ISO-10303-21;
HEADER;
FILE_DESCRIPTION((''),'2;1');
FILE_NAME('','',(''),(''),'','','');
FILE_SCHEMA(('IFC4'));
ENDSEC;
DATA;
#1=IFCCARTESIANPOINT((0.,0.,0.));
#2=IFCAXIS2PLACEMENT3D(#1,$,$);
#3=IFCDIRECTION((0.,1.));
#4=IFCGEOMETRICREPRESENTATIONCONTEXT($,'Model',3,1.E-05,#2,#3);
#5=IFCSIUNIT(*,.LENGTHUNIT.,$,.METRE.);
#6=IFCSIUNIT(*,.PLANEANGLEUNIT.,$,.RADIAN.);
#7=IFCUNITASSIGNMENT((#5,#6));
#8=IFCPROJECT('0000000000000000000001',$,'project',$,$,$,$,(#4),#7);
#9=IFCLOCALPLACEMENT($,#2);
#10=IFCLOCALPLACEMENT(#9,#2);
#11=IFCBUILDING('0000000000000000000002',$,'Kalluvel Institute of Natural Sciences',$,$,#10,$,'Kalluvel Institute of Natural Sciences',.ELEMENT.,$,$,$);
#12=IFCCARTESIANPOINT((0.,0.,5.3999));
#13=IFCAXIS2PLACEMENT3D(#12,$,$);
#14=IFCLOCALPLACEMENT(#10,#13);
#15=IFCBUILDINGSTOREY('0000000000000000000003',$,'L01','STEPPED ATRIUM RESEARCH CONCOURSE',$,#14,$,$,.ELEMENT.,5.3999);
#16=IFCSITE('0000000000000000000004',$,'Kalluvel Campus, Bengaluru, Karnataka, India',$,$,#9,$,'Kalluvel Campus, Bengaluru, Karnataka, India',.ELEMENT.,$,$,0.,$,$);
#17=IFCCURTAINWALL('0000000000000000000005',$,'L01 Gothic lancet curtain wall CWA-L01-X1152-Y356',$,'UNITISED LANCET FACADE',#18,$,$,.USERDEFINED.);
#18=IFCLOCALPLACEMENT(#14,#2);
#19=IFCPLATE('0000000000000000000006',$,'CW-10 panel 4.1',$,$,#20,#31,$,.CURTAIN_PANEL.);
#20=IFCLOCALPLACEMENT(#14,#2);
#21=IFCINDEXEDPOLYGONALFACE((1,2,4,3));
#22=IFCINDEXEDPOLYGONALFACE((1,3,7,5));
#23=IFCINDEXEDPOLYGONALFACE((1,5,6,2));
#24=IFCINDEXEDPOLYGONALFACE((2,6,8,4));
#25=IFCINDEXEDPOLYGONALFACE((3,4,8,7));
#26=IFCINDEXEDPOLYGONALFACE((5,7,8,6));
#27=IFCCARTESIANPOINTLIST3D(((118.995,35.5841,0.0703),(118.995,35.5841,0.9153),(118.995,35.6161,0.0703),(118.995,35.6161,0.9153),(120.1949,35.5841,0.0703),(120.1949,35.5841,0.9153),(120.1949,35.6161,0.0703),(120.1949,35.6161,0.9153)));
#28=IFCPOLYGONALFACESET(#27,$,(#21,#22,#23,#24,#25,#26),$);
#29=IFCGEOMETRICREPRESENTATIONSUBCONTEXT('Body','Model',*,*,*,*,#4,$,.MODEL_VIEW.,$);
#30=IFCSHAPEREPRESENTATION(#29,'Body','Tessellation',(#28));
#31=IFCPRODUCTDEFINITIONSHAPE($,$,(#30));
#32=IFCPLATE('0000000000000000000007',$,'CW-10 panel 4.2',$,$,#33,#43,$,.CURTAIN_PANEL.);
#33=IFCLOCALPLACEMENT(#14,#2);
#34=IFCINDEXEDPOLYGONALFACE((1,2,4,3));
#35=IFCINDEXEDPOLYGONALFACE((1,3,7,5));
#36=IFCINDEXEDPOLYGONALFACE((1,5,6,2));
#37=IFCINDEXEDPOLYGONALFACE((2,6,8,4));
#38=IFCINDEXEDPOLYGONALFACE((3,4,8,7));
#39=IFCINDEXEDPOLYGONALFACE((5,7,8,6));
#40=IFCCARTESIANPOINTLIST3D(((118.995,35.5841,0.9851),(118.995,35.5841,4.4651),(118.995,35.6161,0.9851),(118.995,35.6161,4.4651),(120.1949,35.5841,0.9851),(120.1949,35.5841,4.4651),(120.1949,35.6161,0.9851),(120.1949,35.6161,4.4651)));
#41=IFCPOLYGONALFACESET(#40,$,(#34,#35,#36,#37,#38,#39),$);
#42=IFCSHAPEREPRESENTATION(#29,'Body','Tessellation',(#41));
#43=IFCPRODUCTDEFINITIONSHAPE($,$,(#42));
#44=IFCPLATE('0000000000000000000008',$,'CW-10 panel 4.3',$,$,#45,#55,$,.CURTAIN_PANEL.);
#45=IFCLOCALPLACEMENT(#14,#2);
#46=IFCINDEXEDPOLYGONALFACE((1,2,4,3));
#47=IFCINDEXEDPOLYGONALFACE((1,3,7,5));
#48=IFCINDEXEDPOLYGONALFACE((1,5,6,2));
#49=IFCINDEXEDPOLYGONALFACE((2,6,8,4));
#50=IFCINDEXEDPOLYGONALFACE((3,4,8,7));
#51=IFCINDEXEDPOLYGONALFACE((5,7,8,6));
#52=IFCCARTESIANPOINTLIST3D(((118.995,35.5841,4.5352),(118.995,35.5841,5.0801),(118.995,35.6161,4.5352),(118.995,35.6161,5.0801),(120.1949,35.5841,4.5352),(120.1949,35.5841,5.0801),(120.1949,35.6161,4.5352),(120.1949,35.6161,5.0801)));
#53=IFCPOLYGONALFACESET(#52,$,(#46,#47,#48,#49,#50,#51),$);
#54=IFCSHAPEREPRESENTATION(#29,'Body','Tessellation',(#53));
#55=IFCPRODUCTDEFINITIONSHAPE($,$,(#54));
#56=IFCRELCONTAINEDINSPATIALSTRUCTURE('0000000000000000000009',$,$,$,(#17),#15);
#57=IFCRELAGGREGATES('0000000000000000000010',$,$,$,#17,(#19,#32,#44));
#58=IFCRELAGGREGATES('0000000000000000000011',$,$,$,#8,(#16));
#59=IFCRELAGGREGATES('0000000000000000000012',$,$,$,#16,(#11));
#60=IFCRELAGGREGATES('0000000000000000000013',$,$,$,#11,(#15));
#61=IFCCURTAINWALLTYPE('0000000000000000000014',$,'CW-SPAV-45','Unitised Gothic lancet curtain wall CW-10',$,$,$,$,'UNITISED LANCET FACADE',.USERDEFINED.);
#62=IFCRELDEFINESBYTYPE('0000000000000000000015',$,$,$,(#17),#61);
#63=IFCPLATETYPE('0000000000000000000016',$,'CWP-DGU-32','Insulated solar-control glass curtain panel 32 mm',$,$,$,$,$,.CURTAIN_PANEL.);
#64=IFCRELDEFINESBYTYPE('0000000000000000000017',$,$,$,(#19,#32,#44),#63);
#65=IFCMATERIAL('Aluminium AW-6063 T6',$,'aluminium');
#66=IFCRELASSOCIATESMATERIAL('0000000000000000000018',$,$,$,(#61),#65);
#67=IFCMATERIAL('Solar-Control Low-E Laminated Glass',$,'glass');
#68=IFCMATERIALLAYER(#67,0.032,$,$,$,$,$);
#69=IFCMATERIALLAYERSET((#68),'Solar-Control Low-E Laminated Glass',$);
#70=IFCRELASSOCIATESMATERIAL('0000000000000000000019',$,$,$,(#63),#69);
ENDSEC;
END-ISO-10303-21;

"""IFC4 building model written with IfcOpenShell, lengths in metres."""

from ifc_helpers import new_model, si_unit, direction, frame, origin, origin_2d, place, context, subcontext, project, spatial, rectangle, extrude, material, layer, layer_set, type_object, element, aggregate, save


model = new_model("IFC4")

# Units and contexts
model_context = context("Model", 3, precision=1e-05, world=origin(), true_north=direction((0.0, 1.0)))
body_context = subcontext(model_context, "Body", "Model", "MODEL_VIEW")
ifc_project = project(units=[si_unit("LENGTHUNIT", "METRE"), si_unit("PLANEANGLEUNIT", "RADIAN")], contexts=[model_context])

# Site, building, storey
site_placement = place(None, origin())
site = spatial("IfcSite", under=ifc_project, at=site_placement, Name="Kalluvel Campus, Bengaluru, Karnataka, India", LongName="Kalluvel Campus, Bengaluru, Karnataka, India", CompositionType="ELEMENT", RefElevation=0.0)
building_placement = place(site_placement, origin())
building = spatial("IfcBuilding", under=site, at=building_placement, Name="Kalluvel Institute of Natural Sciences", LongName="Kalluvel Institute of Natural Sciences", CompositionType="ELEMENT")
storey_placement = place(building_placement, frame((0.0, 0.0, 5.3999)))
storey = spatial("IfcBuildingStorey", under=building, at=storey_placement, Name="L01", Description="STEPPED ATRIUM RESEARCH CONCOURSE", CompositionType="ELEMENT", Elevation=5.3999)

# Curtain wall, plates
ifc_material_1 = material(Name="Aluminium AW-6063 T6", Category="aluminium")
curtain_wall_type = type_object("IfcCurtainWallType", Name="CW-SPAV-45", Description="Unitised Gothic lancet curtain wall CW-10", ElementType="UNITISED LANCET FACADE", PredefinedType="USERDEFINED", material=ifc_material_1)
curtain_wall_placement = place(storey_placement, origin())
curtain_wall = element("IfcCurtainWall", 1, at=curtain_wall_placement, inside=storey, type_object=curtain_wall_type, Name="L01 Gothic lancet curtain wall CWA-L01-X1152-Y356", ObjectType="UNITISED LANCET FACADE", PredefinedType="USERDEFINED")
ifc_material_2 = material(Name="Solar-Control Low-E Laminated Glass", Category="glass")
ifc_layer = layer(ifc_material_2, 0.032)
ifc_layer_set = layer_set([ifc_layer], Name="Solar-Control Low-E Laminated Glass")
plate_type = type_object("IfcPlateType", Name="CWP-DGU-32", Description="Insulated solar-control glass curtain panel 32 mm", PredefinedType="CURTAIN_PANEL", material=ifc_layer_set)
plate_1_placement = place(storey_placement, frame((119.595, 35.6001, 0.0703), z_axis=(0.0, 0.0, 1.0), x_axis=(1.0, 0.0, 0.0)))
plate_1 = element("IfcPlate", 2, at=plate_1_placement, type_object=plate_type, Name="CW-10 panel 4.1", PredefinedType="CURTAIN_PANEL", context=body_context, shape_type="SweptSolid", body=[
    extrude(rectangle(XDim=1.2, YDim=0.032, at=origin_2d()), origin(), (0.0, 0.0, 1.0), 0.845),
])
plate_2_placement = place(storey_placement, frame((119.595, 35.6001, 0.9851), z_axis=(0.0, 0.0, 1.0), x_axis=(1.0, 0.0, 0.0)))
plate_2 = element("IfcPlate", 3, at=plate_2_placement, type_object=plate_type, Name="CW-10 panel 4.2", PredefinedType="CURTAIN_PANEL", context=body_context, shape_type="SweptSolid", body=[
    extrude(rectangle(XDim=1.2, YDim=0.032, at=origin_2d()), origin(), (0.0, 0.0, 1.0), 3.48),
])
plate_3_placement = place(storey_placement, frame((119.595, 35.6001, 4.5352), z_axis=(0.0, 0.0, 1.0), x_axis=(1.0, 0.0, 0.0)))
plate_3 = element("IfcPlate", 4, at=plate_3_placement, type_object=plate_type, Name="CW-10 panel 4.3", PredefinedType="CURTAIN_PANEL", context=body_context, shape_type="SweptSolid", body=[
    extrude(rectangle(XDim=1.2, YDim=0.032, at=origin_2d()), origin(), (0.0, 0.0, 1.0), 0.5449),
])
aggregate(curtain_wall, [plate_1, plate_2, plate_3])

save(model, "model.ifc")
